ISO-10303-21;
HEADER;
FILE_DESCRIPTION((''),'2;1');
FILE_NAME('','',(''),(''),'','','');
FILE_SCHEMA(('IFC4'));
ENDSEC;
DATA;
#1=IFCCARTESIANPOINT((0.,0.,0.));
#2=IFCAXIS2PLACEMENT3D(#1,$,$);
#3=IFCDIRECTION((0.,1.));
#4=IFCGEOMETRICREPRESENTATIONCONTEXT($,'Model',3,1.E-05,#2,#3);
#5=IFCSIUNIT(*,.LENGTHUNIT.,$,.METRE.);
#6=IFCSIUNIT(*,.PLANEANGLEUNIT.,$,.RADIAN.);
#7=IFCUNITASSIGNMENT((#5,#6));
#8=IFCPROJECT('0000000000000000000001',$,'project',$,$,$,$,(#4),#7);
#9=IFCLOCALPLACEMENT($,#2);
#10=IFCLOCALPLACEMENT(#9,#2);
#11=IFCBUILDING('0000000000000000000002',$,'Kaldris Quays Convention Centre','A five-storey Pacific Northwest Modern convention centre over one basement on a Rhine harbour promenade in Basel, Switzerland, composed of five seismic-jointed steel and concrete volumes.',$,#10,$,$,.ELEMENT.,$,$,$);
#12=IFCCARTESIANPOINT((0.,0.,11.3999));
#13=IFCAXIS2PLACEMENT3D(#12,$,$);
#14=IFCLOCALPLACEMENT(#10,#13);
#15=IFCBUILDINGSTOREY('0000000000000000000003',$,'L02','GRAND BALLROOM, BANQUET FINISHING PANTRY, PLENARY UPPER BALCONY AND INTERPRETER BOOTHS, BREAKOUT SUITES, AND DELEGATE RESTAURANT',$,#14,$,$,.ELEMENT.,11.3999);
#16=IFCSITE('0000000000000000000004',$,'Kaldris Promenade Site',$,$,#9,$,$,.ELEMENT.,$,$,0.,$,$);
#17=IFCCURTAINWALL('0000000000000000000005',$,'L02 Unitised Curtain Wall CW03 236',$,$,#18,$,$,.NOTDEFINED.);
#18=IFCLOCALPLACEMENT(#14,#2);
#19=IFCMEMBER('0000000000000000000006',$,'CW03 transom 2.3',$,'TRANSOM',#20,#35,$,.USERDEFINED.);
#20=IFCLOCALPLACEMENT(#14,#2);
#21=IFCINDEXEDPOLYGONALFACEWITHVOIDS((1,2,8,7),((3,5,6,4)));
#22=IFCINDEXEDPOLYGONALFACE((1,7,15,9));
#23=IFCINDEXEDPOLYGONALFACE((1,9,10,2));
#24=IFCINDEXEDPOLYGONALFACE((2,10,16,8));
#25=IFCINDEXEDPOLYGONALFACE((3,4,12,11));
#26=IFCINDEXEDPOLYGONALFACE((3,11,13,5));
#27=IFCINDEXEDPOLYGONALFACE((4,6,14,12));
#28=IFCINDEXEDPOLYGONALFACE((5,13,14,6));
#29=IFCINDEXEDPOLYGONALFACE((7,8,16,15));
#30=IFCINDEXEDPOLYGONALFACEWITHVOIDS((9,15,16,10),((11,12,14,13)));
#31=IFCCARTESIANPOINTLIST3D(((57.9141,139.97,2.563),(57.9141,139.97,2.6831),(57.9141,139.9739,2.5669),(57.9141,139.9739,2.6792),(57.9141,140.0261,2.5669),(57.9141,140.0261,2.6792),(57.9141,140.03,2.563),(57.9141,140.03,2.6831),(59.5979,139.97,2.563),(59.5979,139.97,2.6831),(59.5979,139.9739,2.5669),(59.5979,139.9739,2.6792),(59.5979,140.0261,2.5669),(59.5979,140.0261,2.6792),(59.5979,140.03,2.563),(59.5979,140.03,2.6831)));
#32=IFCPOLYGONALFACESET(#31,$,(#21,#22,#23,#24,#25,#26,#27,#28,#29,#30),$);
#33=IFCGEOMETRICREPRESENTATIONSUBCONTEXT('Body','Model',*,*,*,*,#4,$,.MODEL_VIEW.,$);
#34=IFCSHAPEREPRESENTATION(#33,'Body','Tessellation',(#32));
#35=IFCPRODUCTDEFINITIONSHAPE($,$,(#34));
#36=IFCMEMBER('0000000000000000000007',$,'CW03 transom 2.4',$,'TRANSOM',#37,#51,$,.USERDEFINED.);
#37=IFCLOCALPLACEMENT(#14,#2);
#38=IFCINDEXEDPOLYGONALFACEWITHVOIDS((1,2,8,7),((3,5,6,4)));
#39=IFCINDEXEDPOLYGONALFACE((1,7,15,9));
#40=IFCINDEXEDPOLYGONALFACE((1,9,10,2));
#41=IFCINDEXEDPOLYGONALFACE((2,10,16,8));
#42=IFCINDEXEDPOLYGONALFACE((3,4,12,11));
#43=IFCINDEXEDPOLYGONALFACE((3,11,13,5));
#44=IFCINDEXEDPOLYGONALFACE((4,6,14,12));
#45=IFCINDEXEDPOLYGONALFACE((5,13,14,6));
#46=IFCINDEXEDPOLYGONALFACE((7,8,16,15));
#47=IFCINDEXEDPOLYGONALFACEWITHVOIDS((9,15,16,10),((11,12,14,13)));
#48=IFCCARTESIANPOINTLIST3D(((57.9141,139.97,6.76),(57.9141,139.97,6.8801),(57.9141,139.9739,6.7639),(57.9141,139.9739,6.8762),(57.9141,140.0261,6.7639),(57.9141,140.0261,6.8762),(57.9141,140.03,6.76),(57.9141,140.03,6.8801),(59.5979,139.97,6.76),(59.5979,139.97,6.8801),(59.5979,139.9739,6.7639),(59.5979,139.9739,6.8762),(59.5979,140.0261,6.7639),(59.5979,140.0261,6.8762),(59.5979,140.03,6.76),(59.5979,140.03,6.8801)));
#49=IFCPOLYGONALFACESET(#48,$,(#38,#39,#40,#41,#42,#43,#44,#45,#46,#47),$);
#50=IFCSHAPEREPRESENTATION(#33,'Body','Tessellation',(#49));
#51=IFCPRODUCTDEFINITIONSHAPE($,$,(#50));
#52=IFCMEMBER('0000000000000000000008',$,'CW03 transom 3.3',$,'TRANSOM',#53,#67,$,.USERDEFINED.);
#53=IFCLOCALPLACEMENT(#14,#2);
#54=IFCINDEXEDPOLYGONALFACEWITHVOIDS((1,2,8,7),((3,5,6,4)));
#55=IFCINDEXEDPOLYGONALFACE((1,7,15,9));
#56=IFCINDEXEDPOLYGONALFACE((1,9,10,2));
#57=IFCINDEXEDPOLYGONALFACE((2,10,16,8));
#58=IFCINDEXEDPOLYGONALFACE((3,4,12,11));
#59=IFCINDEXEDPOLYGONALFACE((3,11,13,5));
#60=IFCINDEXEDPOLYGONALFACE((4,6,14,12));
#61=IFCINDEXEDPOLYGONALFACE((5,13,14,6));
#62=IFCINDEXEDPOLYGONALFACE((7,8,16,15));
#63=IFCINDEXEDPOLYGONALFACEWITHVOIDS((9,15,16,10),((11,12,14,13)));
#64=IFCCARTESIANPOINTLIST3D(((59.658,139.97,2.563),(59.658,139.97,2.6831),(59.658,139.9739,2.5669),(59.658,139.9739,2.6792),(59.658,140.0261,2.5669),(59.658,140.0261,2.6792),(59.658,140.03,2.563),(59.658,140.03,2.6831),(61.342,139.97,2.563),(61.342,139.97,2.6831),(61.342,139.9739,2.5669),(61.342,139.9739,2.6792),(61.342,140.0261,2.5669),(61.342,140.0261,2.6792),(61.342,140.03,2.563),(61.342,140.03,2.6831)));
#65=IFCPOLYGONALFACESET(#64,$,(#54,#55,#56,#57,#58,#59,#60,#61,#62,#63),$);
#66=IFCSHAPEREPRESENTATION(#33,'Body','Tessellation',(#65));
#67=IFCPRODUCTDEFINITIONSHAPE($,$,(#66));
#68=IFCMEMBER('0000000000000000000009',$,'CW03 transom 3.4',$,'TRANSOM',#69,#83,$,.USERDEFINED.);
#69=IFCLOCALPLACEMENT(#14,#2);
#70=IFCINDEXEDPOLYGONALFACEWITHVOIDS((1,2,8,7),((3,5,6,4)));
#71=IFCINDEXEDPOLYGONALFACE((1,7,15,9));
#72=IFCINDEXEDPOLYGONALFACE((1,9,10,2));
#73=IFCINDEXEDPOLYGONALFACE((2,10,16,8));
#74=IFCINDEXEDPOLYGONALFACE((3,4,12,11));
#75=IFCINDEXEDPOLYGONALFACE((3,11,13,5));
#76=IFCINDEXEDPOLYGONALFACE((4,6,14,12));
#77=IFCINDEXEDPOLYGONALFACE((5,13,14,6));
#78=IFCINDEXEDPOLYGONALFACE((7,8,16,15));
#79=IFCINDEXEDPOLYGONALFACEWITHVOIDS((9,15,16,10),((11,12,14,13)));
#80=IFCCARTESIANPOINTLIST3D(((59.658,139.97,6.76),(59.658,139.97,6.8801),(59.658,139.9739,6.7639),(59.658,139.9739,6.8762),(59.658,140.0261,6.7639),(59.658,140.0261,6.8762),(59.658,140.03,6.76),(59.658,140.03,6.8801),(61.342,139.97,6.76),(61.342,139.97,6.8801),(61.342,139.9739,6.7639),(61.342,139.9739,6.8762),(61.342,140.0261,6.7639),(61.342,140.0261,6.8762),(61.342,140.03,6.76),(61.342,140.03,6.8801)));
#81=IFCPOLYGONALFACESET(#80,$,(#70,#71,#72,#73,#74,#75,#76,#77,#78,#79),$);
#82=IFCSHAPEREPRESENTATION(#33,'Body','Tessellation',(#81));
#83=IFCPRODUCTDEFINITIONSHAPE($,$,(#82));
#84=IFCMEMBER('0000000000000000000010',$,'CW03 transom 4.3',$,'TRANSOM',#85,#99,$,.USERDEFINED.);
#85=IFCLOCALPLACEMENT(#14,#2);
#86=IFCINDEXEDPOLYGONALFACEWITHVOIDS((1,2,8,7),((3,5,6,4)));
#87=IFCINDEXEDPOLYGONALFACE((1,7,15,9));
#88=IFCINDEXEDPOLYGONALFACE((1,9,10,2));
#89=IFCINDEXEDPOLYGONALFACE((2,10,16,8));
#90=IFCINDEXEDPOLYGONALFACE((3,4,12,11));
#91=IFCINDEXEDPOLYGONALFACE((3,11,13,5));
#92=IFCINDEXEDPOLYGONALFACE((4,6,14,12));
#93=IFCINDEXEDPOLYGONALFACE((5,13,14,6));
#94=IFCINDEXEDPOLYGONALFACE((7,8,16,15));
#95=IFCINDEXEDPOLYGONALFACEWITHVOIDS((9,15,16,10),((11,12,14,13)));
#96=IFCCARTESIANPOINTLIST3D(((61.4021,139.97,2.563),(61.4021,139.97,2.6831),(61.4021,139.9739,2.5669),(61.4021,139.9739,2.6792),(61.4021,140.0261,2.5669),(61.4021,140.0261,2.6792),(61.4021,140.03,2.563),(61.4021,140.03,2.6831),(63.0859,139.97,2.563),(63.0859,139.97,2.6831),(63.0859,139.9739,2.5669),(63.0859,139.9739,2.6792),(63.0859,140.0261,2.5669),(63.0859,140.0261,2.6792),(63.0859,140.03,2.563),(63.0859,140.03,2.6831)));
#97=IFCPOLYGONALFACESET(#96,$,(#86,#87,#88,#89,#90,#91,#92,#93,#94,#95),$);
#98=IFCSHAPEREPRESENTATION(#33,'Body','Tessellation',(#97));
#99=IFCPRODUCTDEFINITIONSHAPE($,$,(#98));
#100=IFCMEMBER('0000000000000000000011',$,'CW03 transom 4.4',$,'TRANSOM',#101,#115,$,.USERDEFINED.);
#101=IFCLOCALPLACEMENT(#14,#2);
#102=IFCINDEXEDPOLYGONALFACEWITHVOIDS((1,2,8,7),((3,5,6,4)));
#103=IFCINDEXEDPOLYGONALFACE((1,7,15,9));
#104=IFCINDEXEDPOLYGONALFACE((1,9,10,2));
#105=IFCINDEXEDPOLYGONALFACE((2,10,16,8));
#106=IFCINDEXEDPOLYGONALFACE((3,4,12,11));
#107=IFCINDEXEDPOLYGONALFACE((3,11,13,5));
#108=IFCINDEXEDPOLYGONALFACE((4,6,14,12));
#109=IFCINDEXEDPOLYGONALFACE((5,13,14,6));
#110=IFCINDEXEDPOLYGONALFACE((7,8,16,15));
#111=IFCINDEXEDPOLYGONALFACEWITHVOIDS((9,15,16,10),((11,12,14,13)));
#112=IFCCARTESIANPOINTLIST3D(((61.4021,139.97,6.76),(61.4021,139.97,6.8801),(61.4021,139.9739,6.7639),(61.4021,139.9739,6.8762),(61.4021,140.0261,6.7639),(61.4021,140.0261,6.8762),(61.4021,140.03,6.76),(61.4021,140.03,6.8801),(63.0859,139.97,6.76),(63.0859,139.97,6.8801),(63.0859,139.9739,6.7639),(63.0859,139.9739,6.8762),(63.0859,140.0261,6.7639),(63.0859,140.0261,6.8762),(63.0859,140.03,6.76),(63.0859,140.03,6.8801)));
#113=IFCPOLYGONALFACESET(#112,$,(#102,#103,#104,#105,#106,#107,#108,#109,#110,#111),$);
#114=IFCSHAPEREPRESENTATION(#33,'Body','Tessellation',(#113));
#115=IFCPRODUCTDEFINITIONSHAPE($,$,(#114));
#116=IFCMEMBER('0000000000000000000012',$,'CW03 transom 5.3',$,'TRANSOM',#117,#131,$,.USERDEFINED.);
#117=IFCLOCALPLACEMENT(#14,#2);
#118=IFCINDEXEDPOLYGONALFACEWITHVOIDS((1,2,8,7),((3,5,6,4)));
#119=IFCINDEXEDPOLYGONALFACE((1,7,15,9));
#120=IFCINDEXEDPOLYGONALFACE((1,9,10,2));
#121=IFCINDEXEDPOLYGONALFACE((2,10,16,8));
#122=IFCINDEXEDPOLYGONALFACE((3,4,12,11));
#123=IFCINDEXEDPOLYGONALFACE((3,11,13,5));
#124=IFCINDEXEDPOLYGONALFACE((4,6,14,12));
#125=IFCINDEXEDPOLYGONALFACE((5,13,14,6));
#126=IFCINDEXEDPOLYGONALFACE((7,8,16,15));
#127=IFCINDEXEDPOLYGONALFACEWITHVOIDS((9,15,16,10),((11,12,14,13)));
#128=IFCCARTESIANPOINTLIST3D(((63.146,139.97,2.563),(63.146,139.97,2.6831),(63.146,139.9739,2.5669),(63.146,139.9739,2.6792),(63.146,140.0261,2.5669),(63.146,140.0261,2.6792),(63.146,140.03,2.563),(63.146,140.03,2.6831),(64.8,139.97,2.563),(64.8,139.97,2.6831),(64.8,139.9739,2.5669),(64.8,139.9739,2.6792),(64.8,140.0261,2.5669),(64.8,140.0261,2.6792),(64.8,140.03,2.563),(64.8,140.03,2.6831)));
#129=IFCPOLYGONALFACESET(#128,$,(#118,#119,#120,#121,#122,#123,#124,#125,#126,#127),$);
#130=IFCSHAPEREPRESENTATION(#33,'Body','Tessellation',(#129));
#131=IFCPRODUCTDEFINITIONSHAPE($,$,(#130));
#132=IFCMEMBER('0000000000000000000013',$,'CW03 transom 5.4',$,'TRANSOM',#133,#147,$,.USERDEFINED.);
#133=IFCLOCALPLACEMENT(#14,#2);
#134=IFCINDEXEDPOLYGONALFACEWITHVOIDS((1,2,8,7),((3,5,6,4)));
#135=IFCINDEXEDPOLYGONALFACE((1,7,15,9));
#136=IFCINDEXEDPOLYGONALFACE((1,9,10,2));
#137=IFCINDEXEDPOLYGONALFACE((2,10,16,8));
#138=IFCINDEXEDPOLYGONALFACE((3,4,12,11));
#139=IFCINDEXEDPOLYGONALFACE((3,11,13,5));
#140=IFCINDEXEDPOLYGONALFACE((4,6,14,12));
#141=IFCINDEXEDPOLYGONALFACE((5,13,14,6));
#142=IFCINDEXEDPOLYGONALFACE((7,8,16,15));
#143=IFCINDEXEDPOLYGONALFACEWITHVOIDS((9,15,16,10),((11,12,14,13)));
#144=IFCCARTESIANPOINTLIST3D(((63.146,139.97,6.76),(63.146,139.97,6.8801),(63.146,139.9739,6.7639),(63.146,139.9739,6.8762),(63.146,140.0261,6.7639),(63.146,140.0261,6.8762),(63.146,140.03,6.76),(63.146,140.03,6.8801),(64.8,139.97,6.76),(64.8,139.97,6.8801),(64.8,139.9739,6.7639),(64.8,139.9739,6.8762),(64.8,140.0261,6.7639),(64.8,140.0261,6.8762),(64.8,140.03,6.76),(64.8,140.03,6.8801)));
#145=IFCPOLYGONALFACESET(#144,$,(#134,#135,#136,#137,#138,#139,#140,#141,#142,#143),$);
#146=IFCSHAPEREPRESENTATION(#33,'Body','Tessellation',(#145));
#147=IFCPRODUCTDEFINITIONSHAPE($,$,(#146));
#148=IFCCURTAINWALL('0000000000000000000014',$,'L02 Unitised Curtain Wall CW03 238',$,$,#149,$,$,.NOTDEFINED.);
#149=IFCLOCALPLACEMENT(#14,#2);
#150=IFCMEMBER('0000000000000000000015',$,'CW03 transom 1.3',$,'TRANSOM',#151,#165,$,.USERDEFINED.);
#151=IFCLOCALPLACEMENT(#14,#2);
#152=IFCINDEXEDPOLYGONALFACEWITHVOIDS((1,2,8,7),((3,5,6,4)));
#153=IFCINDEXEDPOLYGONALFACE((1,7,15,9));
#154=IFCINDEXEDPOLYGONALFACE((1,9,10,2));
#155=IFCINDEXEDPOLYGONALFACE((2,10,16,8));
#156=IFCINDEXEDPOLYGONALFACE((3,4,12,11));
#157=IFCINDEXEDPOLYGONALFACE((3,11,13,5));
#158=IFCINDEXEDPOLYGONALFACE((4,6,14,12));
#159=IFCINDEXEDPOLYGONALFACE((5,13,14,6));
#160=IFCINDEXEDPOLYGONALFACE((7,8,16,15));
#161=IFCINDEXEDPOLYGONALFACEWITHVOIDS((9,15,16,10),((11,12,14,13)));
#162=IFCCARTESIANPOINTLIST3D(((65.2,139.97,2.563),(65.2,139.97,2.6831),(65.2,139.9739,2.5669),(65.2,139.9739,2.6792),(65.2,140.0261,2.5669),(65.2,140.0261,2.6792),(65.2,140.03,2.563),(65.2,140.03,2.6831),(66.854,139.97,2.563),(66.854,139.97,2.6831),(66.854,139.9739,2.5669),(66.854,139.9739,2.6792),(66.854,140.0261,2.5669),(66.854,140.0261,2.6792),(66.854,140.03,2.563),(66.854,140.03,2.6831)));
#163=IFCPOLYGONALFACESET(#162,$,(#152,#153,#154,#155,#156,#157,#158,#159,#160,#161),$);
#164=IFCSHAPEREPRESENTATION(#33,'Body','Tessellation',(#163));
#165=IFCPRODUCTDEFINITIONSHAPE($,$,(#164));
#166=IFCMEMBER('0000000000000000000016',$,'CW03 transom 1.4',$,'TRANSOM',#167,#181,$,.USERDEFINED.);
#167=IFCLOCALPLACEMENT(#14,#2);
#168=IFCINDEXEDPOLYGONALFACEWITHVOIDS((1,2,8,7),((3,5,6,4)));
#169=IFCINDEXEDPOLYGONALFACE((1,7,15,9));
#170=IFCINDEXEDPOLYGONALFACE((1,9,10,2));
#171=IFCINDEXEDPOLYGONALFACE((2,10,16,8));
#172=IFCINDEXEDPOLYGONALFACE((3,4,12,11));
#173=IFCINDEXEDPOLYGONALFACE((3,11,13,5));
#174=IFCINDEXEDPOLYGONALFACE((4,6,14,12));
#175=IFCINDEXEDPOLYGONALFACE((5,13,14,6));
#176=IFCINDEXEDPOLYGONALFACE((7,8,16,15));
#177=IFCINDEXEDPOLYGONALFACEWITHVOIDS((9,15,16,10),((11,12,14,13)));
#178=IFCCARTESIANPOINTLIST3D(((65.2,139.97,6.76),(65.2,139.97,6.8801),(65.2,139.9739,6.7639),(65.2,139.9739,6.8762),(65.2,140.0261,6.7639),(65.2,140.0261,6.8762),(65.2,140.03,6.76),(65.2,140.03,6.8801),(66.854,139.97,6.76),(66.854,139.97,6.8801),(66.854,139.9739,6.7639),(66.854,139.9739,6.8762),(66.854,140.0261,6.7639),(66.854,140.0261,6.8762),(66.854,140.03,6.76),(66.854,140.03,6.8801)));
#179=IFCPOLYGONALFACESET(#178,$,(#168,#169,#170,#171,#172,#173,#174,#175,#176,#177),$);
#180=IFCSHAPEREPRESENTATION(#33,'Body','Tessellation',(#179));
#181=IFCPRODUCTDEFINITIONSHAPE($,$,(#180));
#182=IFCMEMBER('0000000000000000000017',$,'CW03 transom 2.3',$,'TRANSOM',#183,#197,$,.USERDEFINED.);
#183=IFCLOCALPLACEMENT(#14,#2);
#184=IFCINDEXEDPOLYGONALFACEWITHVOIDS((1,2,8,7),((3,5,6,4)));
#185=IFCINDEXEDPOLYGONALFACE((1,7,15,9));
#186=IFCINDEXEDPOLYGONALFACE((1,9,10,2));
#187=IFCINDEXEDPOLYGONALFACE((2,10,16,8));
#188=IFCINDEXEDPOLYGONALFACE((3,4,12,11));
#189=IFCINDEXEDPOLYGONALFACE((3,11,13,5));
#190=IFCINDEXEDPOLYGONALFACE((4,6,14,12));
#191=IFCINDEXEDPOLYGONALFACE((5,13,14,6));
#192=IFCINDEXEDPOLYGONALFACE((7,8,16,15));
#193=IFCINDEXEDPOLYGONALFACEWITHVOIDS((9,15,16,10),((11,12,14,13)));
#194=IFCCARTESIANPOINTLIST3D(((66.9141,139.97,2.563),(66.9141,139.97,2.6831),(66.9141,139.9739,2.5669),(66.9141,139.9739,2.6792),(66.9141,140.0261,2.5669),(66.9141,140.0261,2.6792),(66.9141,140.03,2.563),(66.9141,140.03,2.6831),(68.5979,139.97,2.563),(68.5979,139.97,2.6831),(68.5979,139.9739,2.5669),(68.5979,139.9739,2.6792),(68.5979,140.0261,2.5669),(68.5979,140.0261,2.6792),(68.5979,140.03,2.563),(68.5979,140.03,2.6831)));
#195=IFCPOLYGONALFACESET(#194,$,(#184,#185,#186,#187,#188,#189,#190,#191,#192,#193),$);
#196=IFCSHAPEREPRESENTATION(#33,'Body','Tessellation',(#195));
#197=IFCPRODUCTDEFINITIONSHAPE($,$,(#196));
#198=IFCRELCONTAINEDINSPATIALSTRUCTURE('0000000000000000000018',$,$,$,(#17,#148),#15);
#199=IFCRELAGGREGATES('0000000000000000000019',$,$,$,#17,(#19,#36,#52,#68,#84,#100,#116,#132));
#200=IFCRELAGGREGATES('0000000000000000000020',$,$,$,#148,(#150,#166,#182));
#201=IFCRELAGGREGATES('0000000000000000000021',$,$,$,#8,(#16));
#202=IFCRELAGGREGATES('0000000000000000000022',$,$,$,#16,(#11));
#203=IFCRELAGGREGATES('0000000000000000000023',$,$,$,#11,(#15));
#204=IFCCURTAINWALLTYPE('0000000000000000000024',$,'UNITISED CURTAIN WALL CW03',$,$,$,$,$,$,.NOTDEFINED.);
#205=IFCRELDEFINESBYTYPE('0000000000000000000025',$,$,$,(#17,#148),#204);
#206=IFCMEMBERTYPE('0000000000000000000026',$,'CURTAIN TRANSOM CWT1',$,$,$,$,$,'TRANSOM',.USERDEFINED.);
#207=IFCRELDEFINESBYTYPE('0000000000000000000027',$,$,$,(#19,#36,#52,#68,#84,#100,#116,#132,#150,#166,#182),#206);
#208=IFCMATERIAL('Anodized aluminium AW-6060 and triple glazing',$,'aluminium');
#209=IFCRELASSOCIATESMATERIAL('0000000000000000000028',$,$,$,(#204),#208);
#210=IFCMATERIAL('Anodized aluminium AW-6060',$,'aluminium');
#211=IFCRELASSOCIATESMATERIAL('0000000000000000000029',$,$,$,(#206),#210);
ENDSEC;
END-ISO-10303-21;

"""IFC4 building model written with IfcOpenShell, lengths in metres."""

from ifc_helpers import new_model, si_unit, direction, frame, origin, origin_2d, place, context, subcontext, project, spatial, hollow_rectangle, extrude, material, material_profile, profile_set, type_object, element, aggregate, save


model = new_model("IFC4")

# Units and contexts
model_context = context("Model", 3, precision=1e-05, world=origin(), true_north=direction((0.0, 1.0)))
body_context = subcontext(model_context, "Body", "Model", "MODEL_VIEW")
ifc_project = project(units=[si_unit("LENGTHUNIT", "METRE"), si_unit("PLANEANGLEUNIT", "RADIAN")], contexts=[model_context])

# Site, building, storey
site_placement = place(None, origin())
site = spatial("IfcSite", under=ifc_project, at=site_placement, Name="Kaldris Promenade Site", CompositionType="ELEMENT", RefElevation=0.0)
building_placement = place(site_placement, origin())
building = spatial("IfcBuilding", under=site, at=building_placement, Name="Kaldris Quays Convention Centre", Description="A five-storey Pacific Northwest Modern convention centre over one basement on a Rhine harbour promenade in Basel, Switzerland, composed of five seismic-jointed steel and concrete volumes.", CompositionType="ELEMENT")
storey_placement = place(building_placement, frame((0.0, 0.0, 11.3999)))
storey = spatial("IfcBuildingStorey", under=building, at=storey_placement, Name="L02", Description="GRAND BALLROOM, BANQUET FINISHING PANTRY, PLENARY UPPER BALCONY AND INTERPRETER BOOTHS, BREAKOUT SUITES, AND DELEGATE RESTAURANT", CompositionType="ELEMENT", Elevation=11.3999)

# Curtain walls, members
ifc_material_1 = material(Name="Anodized aluminium AW-6060 and triple glazing", Category="aluminium")
curtain_wall_type = type_object("IfcCurtainWallType", Name="UNITISED CURTAIN WALL CW03", PredefinedType="NOTDEFINED", material=ifc_material_1)
curtain_wall_1_placement = place(storey_placement, origin())
curtain_wall_1 = element("IfcCurtainWall", 1, at=curtain_wall_1_placement, inside=storey, type_object=curtain_wall_type, Name="L02 Unitised Curtain Wall CW03 236", PredefinedType="NOTDEFINED")
ifc_material_2 = material(Name="Anodized aluminium AW-6060", Category="aluminium")
ifc_material_profile_1 = material_profile(ifc_material_2, hollow_rectangle(XDim=0.0601, YDim=0.1201, WallThickness=0.0039, at=origin_2d()), Name="RHS 120x60x4")
ifc_profile_set_1 = profile_set([ifc_material_profile_1], Name="Anodized aluminium AW-6060")
member_type_1 = type_object("IfcMemberType", Name="CURTAIN TRANSOM CWT1", ElementType="TRANSOM", PredefinedType="USERDEFINED", material=ifc_profile_set_1)
member_1_placement = place(storey_placement, frame((57.9141, 140.0, 2.623), z_axis=(1.0, 0.0, 0.0), x_axis=(0.0, 1.0, 0.0)))
member_1 = element("IfcMember", 2, at=member_1_placement, type_object=member_type_1, Name="CW03 transom 2.3", ObjectType="TRANSOM", PredefinedType="USERDEFINED", context=body_context, shape_type="SweptSolid", body=[
    extrude(hollow_rectangle(XDim=0.0601, YDim=0.1201, WallThickness=0.0039, at=origin_2d()), origin(), (0.0, 0.0, 1.0), 1.6838),
])
member_2_placement = place(storey_placement, frame((57.9141, 140.0, 6.8201), z_axis=(1.0, 0.0, 0.0), x_axis=(0.0, 1.0, 0.0)))
member_2 = element("IfcMember", 3, at=member_2_placement, type_object=member_type_1, Name="CW03 transom 2.4", ObjectType="TRANSOM", PredefinedType="USERDEFINED", context=body_context, shape_type="SweptSolid", body=[
    extrude(hollow_rectangle(XDim=0.0601, YDim=0.1201, WallThickness=0.0039, at=origin_2d()), origin(), (0.0, 0.0, 1.0), 1.6838),
])
member_3_placement = place(storey_placement, frame((59.658, 140.0, 2.623), z_axis=(1.0, 0.0, 0.0), x_axis=(0.0, 1.0, 0.0)))
member_3 = element("IfcMember", 4, at=member_3_placement, type_object=member_type_1, Name="CW03 transom 3.3", ObjectType="TRANSOM", PredefinedType="USERDEFINED", context=body_context, shape_type="SweptSolid", body=[
    extrude(hollow_rectangle(XDim=0.0601, YDim=0.1201, WallThickness=0.0039, at=origin_2d()), origin(), (0.0, 0.0, 1.0), 1.6841),
])
member_4_placement = place(storey_placement, frame((59.658, 140.0, 6.8201), z_axis=(1.0, 0.0, 0.0), x_axis=(0.0, 1.0, 0.0)))
member_4 = element("IfcMember", 5, at=member_4_placement, type_object=member_type_1, Name="CW03 transom 3.4", ObjectType="TRANSOM", PredefinedType="USERDEFINED", context=body_context, shape_type="SweptSolid", body=[
    extrude(hollow_rectangle(XDim=0.0601, YDim=0.1201, WallThickness=0.0039, at=origin_2d()), origin(), (0.0, 0.0, 1.0), 1.6841),
])
member_5_placement = place(storey_placement, frame((61.4021, 140.0, 2.623), z_axis=(1.0, 0.0, 0.0), x_axis=(0.0, 1.0, 0.0)))
member_5 = element("IfcMember", 6, at=member_5_placement, type_object=member_type_1, Name="CW03 transom 4.3", ObjectType="TRANSOM", PredefinedType="USERDEFINED", context=body_context, shape_type="SweptSolid", body=[
    extrude(hollow_rectangle(XDim=0.0601, YDim=0.1201, WallThickness=0.0039, at=origin_2d()), origin(), (0.0, 0.0, 1.0), 1.6838),
])
member_6_placement = place(storey_placement, frame((61.4021, 140.0, 6.8201), z_axis=(1.0, 0.0, 0.0), x_axis=(0.0, 1.0, 0.0)))
member_6 = element("IfcMember", 7, at=member_6_placement, type_object=member_type_1, Name="CW03 transom 4.4", ObjectType="TRANSOM", PredefinedType="USERDEFINED", context=body_context, shape_type="SweptSolid", body=[
    extrude(hollow_rectangle(XDim=0.0601, YDim=0.1201, WallThickness=0.0039, at=origin_2d()), origin(), (0.0, 0.0, 1.0), 1.6838),
])
member_7_placement = place(storey_placement, frame((63.146, 140.0, 2.623), z_axis=(1.0, 0.0, 0.0), x_axis=(0.0, 1.0, 0.0)))
member_7 = element("IfcMember", 8, at=member_7_placement, type_object=member_type_1, Name="CW03 transom 5.3", ObjectType="TRANSOM", PredefinedType="USERDEFINED", context=body_context, shape_type="SweptSolid", body=[
    extrude(hollow_rectangle(XDim=0.0601, YDim=0.1201, WallThickness=0.0039, at=origin_2d()), origin(), (0.0, 0.0, 1.0), 1.6541),
])
member_8_placement = place(storey_placement, frame((63.146, 140.0, 6.8201), z_axis=(1.0, 0.0, 0.0), x_axis=(0.0, 1.0, 0.0)))
member_8 = element("IfcMember", 9, at=member_8_placement, type_object=member_type_1, Name="CW03 transom 5.4", ObjectType="TRANSOM", PredefinedType="USERDEFINED", context=body_context, shape_type="SweptSolid", body=[
    extrude(hollow_rectangle(XDim=0.0601, YDim=0.1201, WallThickness=0.0039, at=origin_2d()), origin(), (0.0, 0.0, 1.0), 1.6541),
])
curtain_wall_2_placement = place(storey_placement, origin())
curtain_wall_2 = element("IfcCurtainWall", 10, at=curtain_wall_2_placement, inside=storey, type_object=curtain_wall_type, Name="L02 Unitised Curtain Wall CW03 238", PredefinedType="NOTDEFINED")
member_9_placement = place(storey_placement, frame((65.2, 140.0, 2.623), z_axis=(1.0, 0.0, 0.0), x_axis=(0.0, 1.0, 0.0)))
member_9 = element("IfcMember", 11, at=member_9_placement, type_object=member_type_1, Name="CW03 transom 1.3", ObjectType="TRANSOM", PredefinedType="USERDEFINED", context=body_context, shape_type="SweptSolid", body=[
    extrude(hollow_rectangle(XDim=0.0601, YDim=0.1201, WallThickness=0.0039, at=origin_2d()), origin(), (0.0, 0.0, 1.0), 1.6541),
])
member_10_placement = place(storey_placement, frame((65.2, 140.0, 6.8201), z_axis=(1.0, 0.0, 0.0), x_axis=(0.0, 1.0, 0.0)))
member_10 = element("IfcMember", 12, at=member_10_placement, type_object=member_type_1, Name="CW03 transom 1.4", ObjectType="TRANSOM", PredefinedType="USERDEFINED", context=body_context, shape_type="SweptSolid", body=[
    extrude(hollow_rectangle(XDim=0.0601, YDim=0.1201, WallThickness=0.0039, at=origin_2d()), origin(), (0.0, 0.0, 1.0), 1.6541),
])
member_11_placement = place(storey_placement, frame((66.9141, 140.0, 2.623), z_axis=(1.0, 0.0, 0.0), x_axis=(0.0, 1.0, 0.0)))
member_11 = element("IfcMember", 13, at=member_11_placement, type_object=member_type_1, Name="CW03 transom 2.3", ObjectType="TRANSOM", PredefinedType="USERDEFINED", context=body_context, shape_type="SweptSolid", body=[
    extrude(hollow_rectangle(XDim=0.0601, YDim=0.1201, WallThickness=0.0039, at=origin_2d()), origin(), (0.0, 0.0, 1.0), 1.6838),
])

aggregate(curtain_wall_1, [member_1, member_2, member_3, member_4, member_5, member_6, member_7, member_8])
aggregate(curtain_wall_2, [member_9, member_10, member_11])

save(model, "model.ifc")
